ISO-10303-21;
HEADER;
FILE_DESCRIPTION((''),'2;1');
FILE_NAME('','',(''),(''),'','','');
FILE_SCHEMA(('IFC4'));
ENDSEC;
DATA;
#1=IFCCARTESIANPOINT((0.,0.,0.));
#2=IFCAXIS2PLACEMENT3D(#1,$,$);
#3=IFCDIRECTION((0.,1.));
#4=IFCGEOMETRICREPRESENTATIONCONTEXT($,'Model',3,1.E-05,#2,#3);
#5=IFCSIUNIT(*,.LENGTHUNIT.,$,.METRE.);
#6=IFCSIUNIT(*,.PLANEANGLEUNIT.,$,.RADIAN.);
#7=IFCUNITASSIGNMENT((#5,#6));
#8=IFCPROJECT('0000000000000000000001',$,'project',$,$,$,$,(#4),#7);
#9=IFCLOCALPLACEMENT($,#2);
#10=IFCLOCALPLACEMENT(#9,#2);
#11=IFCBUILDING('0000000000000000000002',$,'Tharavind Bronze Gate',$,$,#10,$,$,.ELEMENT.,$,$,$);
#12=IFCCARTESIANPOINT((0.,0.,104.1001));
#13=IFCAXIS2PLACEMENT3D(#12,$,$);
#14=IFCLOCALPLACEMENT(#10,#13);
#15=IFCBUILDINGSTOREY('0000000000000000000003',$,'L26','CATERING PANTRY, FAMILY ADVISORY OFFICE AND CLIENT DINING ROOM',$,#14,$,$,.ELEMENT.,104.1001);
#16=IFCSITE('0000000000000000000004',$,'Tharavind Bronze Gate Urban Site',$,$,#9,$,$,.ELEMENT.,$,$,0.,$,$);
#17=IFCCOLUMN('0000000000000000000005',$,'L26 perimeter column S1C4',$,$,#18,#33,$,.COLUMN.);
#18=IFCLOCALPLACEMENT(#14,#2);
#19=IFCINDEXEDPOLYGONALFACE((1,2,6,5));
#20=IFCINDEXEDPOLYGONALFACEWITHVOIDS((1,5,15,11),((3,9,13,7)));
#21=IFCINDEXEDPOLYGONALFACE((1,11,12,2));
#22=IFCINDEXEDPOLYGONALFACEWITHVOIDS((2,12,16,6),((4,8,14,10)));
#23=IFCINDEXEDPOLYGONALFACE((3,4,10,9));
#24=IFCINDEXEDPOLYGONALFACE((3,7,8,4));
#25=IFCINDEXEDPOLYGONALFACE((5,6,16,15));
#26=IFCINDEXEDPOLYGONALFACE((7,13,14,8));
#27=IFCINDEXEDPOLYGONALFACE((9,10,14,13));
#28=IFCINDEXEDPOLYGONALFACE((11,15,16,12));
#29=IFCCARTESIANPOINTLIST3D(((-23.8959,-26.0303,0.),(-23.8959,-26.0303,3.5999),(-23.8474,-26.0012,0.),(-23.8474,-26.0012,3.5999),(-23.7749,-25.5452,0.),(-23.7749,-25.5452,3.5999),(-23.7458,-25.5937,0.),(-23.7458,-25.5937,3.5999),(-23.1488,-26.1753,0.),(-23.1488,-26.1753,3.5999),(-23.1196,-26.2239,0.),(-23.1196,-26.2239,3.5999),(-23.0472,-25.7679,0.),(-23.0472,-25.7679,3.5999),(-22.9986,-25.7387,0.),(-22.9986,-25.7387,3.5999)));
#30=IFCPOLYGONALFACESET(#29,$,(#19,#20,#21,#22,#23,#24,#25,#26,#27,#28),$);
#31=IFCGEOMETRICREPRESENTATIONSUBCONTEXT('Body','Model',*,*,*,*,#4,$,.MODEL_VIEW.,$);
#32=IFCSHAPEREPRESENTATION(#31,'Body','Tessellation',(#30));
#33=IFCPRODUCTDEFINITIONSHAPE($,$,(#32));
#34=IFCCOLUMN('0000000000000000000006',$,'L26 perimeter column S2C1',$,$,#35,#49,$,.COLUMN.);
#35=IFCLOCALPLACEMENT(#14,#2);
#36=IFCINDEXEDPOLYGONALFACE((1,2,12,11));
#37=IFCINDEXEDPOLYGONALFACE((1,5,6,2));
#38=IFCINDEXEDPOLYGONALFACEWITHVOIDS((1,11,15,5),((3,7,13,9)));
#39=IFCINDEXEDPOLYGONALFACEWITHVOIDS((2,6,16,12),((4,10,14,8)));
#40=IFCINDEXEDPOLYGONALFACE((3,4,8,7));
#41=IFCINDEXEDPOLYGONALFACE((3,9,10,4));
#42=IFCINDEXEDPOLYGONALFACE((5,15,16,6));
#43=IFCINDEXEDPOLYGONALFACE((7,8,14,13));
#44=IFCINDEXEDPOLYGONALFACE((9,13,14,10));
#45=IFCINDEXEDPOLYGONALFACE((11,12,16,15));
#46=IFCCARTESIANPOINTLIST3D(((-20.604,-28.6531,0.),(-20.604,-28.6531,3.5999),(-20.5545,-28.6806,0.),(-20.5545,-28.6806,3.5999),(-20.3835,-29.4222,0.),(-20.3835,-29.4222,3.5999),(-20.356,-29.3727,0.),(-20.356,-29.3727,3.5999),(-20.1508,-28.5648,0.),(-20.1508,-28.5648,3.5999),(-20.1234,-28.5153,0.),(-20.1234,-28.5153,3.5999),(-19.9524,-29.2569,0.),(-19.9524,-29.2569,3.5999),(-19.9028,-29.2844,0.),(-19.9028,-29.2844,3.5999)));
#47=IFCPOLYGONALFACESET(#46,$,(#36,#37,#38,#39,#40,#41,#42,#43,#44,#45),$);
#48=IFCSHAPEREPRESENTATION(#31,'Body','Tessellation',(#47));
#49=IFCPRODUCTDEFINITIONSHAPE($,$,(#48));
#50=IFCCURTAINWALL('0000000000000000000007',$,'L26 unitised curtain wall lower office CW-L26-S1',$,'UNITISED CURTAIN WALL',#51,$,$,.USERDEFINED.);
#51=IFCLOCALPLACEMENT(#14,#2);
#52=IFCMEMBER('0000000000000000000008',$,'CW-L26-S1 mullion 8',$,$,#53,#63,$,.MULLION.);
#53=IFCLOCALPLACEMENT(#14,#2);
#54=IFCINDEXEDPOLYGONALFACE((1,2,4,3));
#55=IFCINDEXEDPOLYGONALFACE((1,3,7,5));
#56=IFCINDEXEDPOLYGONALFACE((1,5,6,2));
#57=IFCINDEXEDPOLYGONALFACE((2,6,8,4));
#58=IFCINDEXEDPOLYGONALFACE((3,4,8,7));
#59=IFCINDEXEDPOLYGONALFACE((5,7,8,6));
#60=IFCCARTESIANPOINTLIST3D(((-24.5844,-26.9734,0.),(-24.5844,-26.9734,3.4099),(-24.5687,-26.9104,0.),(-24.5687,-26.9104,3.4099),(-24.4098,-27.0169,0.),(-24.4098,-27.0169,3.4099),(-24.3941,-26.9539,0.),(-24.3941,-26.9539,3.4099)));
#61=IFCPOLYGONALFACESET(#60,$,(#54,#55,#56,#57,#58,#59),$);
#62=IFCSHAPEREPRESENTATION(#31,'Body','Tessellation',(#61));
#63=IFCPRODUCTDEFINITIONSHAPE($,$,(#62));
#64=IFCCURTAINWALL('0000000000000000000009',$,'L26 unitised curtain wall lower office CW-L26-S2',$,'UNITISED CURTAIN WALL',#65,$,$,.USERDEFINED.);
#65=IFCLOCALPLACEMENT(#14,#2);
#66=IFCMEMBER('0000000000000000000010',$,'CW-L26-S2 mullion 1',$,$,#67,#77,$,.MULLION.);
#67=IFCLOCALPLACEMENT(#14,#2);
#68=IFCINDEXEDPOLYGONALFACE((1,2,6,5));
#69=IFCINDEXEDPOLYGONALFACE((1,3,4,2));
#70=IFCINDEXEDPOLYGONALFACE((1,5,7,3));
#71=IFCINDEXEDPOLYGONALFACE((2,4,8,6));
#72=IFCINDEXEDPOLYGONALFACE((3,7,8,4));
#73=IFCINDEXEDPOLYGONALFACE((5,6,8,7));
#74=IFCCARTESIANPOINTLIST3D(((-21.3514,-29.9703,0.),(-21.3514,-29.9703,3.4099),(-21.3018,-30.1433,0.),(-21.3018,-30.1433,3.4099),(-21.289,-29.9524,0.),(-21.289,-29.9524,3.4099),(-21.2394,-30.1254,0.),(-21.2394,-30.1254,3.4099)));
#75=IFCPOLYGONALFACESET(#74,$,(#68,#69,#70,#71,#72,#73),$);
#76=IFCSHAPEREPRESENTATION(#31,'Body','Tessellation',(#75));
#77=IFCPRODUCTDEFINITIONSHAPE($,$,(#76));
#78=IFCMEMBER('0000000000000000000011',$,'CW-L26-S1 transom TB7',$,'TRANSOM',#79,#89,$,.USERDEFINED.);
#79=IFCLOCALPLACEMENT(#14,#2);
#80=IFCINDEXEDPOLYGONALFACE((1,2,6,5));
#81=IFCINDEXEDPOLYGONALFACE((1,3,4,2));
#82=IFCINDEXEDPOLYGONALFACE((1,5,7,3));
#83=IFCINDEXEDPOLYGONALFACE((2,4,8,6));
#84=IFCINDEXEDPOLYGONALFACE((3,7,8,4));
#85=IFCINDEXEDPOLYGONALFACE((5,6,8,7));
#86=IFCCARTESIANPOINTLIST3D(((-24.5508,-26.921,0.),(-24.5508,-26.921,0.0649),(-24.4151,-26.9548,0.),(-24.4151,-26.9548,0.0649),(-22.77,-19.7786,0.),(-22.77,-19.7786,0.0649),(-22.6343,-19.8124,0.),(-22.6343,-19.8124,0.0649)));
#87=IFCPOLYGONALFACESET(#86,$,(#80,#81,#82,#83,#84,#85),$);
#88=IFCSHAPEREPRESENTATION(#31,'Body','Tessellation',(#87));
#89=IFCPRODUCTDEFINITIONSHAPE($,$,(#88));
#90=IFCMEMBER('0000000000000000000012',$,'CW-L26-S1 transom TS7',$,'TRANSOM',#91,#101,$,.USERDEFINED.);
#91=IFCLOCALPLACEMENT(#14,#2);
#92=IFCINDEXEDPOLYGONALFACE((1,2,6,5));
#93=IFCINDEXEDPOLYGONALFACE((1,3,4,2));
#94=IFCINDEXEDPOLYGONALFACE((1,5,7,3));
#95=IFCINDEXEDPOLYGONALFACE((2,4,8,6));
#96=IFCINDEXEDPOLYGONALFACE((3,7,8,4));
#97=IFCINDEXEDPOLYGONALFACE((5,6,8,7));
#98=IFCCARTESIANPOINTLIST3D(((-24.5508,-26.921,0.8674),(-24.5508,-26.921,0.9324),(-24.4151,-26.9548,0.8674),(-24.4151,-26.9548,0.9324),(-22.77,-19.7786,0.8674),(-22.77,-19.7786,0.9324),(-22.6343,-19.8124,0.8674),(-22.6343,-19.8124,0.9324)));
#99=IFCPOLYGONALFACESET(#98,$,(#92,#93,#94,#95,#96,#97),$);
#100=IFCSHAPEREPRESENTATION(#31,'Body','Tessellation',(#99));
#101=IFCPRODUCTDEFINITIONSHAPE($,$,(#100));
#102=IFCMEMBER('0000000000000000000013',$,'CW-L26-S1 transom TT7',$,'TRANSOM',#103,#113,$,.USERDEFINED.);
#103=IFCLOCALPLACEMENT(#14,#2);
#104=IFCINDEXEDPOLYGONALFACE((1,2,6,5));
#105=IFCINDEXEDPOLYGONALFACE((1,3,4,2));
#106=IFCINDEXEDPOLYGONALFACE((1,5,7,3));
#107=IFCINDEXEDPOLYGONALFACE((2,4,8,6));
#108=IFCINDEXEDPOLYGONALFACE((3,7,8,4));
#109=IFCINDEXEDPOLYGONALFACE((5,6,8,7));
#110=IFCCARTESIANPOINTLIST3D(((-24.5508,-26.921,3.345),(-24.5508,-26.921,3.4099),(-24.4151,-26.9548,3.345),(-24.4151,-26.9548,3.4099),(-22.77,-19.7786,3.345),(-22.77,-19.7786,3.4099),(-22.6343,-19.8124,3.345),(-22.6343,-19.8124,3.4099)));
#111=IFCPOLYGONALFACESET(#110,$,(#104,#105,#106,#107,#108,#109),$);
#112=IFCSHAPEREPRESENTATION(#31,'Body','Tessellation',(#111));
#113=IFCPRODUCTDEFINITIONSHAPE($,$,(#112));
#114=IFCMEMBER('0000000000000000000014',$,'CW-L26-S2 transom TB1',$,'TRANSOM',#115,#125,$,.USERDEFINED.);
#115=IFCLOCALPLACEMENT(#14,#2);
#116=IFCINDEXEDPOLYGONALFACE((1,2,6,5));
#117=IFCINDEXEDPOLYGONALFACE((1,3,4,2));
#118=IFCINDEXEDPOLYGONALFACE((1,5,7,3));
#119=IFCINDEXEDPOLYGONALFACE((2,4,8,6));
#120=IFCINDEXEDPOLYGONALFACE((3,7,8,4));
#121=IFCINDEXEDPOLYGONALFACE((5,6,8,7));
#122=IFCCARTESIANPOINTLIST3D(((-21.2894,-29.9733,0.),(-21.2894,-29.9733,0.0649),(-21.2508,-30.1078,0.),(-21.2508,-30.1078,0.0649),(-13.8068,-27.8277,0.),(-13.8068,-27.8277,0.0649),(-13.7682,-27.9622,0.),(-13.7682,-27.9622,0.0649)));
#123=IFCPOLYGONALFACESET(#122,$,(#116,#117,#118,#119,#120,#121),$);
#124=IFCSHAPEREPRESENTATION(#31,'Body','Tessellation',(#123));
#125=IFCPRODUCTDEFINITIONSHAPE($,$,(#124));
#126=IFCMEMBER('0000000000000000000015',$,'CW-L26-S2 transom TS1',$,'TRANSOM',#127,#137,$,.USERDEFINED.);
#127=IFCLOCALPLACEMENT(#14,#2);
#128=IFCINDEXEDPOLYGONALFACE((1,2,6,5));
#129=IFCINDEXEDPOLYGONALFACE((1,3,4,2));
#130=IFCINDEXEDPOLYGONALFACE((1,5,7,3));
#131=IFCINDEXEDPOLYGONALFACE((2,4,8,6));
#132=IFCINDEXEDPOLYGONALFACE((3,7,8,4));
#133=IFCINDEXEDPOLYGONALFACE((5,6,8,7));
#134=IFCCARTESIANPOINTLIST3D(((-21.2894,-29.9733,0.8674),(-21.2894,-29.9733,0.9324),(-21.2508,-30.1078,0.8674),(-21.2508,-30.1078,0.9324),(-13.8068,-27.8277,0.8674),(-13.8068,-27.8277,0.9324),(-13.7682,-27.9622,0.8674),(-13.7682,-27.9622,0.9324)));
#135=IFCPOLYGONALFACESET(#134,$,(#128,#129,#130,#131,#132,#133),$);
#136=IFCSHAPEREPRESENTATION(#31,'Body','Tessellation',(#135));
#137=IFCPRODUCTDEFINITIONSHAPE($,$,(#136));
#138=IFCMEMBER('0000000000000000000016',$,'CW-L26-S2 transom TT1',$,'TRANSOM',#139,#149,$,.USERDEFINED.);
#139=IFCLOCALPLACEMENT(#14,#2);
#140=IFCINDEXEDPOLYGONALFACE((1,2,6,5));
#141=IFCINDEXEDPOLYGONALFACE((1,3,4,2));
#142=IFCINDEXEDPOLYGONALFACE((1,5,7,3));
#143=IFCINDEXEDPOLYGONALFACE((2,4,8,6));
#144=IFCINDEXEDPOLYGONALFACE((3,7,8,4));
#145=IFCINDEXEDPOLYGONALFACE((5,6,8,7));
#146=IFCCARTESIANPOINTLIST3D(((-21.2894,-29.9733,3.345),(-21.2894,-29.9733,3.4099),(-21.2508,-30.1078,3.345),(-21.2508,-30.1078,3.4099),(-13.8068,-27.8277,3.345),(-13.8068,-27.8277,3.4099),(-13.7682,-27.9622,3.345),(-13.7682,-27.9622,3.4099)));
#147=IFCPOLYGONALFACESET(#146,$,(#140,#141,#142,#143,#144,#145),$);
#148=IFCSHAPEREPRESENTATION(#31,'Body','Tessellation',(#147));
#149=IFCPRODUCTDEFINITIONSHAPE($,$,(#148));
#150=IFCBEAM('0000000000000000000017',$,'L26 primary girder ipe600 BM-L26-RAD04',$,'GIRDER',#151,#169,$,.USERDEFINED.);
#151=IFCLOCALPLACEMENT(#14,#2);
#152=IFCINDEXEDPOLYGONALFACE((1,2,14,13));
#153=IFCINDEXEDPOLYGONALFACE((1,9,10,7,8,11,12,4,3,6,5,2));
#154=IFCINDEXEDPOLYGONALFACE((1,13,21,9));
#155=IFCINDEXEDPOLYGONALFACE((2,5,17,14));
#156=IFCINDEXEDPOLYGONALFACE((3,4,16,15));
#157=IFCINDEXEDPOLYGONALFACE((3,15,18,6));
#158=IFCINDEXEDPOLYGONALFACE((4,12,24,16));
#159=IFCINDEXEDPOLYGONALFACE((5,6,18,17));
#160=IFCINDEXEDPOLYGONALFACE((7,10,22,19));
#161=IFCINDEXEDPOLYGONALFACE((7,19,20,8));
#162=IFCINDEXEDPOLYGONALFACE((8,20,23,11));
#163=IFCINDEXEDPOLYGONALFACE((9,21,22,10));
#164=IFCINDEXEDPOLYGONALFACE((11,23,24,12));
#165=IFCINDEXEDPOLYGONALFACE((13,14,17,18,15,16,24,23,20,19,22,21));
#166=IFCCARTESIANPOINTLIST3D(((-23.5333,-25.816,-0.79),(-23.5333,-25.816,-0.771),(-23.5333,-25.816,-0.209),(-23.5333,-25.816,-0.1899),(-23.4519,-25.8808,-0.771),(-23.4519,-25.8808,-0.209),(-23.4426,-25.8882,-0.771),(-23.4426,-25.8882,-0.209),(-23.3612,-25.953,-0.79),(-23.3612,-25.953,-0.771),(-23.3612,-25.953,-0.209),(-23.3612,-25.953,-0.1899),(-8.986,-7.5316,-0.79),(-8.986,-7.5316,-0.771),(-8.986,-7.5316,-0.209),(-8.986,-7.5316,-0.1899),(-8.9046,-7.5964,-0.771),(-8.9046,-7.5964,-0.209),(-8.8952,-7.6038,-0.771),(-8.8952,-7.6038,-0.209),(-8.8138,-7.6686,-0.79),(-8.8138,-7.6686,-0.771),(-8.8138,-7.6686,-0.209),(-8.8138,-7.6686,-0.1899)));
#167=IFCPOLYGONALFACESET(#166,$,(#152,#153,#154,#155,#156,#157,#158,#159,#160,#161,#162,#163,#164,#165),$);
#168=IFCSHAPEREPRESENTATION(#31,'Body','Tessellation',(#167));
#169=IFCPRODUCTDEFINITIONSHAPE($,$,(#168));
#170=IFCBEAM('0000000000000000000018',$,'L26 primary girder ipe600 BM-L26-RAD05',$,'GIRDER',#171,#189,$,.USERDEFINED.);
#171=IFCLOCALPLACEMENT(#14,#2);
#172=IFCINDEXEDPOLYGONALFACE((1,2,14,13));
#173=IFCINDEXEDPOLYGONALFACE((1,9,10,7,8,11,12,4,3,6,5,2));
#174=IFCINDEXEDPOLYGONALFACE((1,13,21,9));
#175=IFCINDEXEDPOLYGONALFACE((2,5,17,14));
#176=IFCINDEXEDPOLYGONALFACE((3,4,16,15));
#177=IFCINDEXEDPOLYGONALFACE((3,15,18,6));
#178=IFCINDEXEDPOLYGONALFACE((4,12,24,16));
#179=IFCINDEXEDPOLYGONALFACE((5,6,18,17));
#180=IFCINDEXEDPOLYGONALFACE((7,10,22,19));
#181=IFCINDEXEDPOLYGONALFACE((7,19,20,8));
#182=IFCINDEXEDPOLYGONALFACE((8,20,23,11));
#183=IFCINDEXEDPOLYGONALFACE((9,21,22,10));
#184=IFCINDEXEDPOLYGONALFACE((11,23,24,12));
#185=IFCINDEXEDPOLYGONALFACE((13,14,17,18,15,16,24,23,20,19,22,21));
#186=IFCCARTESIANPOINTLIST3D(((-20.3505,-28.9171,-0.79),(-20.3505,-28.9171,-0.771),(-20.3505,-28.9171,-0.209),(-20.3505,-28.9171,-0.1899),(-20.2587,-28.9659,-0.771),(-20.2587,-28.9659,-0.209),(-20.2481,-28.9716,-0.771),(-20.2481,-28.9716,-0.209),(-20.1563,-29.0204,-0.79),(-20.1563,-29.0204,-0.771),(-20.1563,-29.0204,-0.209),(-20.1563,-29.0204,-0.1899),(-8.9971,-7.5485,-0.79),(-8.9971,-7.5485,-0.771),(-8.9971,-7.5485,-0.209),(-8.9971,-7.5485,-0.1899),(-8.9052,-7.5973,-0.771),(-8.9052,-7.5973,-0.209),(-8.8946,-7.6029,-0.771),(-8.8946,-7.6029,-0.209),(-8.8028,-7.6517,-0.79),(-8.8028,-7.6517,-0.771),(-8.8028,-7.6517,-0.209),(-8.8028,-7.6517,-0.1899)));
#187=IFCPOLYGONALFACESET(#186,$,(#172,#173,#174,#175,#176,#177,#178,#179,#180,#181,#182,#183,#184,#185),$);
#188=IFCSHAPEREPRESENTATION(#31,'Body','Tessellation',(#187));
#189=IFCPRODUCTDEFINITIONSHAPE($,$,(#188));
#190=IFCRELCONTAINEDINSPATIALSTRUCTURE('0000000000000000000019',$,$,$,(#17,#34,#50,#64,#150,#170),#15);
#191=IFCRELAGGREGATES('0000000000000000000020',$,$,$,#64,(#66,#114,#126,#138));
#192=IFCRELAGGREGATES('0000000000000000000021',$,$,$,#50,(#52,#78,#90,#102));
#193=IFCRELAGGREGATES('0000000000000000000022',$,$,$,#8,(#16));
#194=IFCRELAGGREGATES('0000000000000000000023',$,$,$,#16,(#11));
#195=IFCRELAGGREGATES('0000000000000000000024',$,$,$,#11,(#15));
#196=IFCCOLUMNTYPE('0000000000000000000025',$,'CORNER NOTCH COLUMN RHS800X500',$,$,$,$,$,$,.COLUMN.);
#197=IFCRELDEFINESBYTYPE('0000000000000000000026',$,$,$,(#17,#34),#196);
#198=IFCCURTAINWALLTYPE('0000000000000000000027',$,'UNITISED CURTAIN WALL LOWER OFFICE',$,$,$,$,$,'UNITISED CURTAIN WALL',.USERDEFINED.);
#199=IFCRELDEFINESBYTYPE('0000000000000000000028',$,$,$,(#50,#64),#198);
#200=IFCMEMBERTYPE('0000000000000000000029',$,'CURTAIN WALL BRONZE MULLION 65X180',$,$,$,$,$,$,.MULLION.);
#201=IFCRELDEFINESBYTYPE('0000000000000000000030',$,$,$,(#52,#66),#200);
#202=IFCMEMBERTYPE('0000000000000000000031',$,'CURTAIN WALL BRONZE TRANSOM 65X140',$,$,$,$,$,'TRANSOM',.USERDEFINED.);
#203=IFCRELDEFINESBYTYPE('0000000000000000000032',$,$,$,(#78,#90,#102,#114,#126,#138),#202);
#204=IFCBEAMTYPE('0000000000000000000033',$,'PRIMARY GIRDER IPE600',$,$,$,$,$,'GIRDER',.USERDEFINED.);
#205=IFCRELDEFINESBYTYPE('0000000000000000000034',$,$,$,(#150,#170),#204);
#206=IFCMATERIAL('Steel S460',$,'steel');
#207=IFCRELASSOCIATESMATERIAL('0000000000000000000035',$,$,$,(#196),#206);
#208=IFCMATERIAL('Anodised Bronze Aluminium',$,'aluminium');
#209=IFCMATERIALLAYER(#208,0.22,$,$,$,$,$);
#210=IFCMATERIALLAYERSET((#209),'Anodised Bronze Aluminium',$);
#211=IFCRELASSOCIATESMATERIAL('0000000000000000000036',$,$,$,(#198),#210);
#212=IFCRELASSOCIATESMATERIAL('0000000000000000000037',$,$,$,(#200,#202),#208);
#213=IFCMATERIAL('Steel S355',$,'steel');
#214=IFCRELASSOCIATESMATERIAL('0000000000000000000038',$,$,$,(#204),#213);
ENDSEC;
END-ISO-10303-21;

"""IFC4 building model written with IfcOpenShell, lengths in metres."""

from ifc_helpers import new_model, si_unit, direction, frame, origin, origin_2d, place, context, subcontext, project, spatial, rectangle, hollow_rectangle, i_section, extrude, material, layer, layer_set, material_profile, profile_set, type_object, element, aggregate, save


model = new_model("IFC4")

# Units and contexts
model_context = context("Model", 3, precision=1e-05, world=origin(), true_north=direction((0.0, 1.0)))
body_context = subcontext(model_context, "Body", "Model", "MODEL_VIEW")
ifc_project = project(units=[si_unit("LENGTHUNIT", "METRE"), si_unit("PLANEANGLEUNIT", "RADIAN")], contexts=[model_context])

# Site, building, storey
site_placement = place(None, origin())
site = spatial("IfcSite", under=ifc_project, at=site_placement, Name="Tharavind Bronze Gate Urban Site", CompositionType="ELEMENT", RefElevation=0.0)
building_placement = place(site_placement, origin())
building = spatial("IfcBuilding", under=site, at=building_placement, Name="Tharavind Bronze Gate", CompositionType="ELEMENT")
storey_placement = place(building_placement, frame((0.0, 0.0, 104.1001)))
storey = spatial("IfcBuildingStorey", under=building, at=storey_placement, Name="L26", Description="CATERING PANTRY, FAMILY ADVISORY OFFICE AND CLIENT DINING ROOM", CompositionType="ELEMENT", Elevation=104.1001)

# Columns
ifc_material_1 = material(Name="Steel S460", Category="steel")
ifc_material_profile_1 = material_profile(ifc_material_1, hollow_rectangle(XDim=0.5, YDim=0.8, WallThickness=0.04, at=origin_2d()), Name="RHS800X500X40")
ifc_profile_set_1 = profile_set([ifc_material_profile_1], Name="Steel S460")
column_type = type_object("IfcColumnType", Name="CORNER NOTCH COLUMN RHS800X500", PredefinedType="COLUMN", material=ifc_profile_set_1)
for number, where, z_axis, x_axis, name in (
    (1, (-23.4473, -25.8845, 0.0), (0.0, 0.0, 1.0), (0.241922, 0.970296, 0.0), "L26 perimeter column S1C4"),
    (2, (-20.2534, -28.9688, 0.0), (0.0, 0.0, 1.0), (0.961262, 0.275637, 0.0), "L26 perimeter column S2C1"),
):
    element("IfcColumn", number, at=place(storey_placement, frame(where, z_axis=z_axis, x_axis=x_axis)), inside=storey, type_object=column_type, Name=name, PredefinedType="COLUMN", context=body_context, shape_type="SweptSolid", body=[
        extrude(hollow_rectangle(XDim=0.5, YDim=0.8, WallThickness=0.04, at=origin_2d()), origin(), (0.0, 0.0, 1.0), 3.5999),
    ])

# Curtain walls, members
ifc_material_2 = material(Name="Anodised Bronze Aluminium", Category="aluminium")
ifc_layer_1 = layer(ifc_material_2, 0.22)
ifc_layer_set_1 = layer_set([ifc_layer_1], Name="Anodised Bronze Aluminium")
curtain_wall_type = type_object("IfcCurtainWallType", Name="UNITISED CURTAIN WALL LOWER OFFICE", ElementType="UNITISED CURTAIN WALL", PredefinedType="USERDEFINED", material=ifc_layer_set_1)
curtain_wall_1_placement = place(storey_placement, origin())
curtain_wall_1 = element("IfcCurtainWall", 3, at=curtain_wall_1_placement, inside=storey, type_object=curtain_wall_type, Name="L26 unitised curtain wall lower office CW-L26-S1", ObjectType="UNITISED CURTAIN WALL", PredefinedType="USERDEFINED")
member_type_1 = type_object("IfcMemberType", Name="CURTAIN WALL BRONZE MULLION 65X180", PredefinedType="MULLION", material=ifc_material_2)
member_1_placement = place(storey_placement, frame((-24.4893, -26.9636, 0.0), z_axis=(0.0, 0.0, 1.0), x_axis=(-0.241922, -0.970296, 0.0)))
member_1 = element("IfcMember", 4, at=member_1_placement, type_object=member_type_1, Name="CW-L26-S1 mullion 8", PredefinedType="MULLION", context=body_context, shape_type="SweptSolid", body=[
    extrude(rectangle(XDim=0.0649, YDim=0.1799, at=origin_2d()), origin(), (0.0, 0.0, 1.0), 3.4099),
])
curtain_wall_2_placement = place(storey_placement, origin())
curtain_wall_2 = element("IfcCurtainWall", 5, at=curtain_wall_2_placement, inside=storey, type_object=curtain_wall_type, Name="L26 unitised curtain wall lower office CW-L26-S2", ObjectType="UNITISED CURTAIN WALL", PredefinedType="USERDEFINED")
member_2_placement = place(storey_placement, frame((-21.2954, -30.0479, 0.0), z_axis=(0.0, 0.0, 1.0), x_axis=(0.961262, 0.275637, 0.0)))
member_2 = element("IfcMember", 6, at=member_2_placement, type_object=member_type_1, Name="CW-L26-S2 mullion 1", PredefinedType="MULLION", context=body_context, shape_type="SweptSolid", body=[
    extrude(rectangle(XDim=0.0649, YDim=0.1799, at=origin_2d()), origin(), (0.0, 0.0, 1.0), 3.4099),
])

# Members
member_type_2 = type_object("IfcMemberType", Name="CURTAIN WALL BRONZE TRANSOM 65X140", ElementType="TRANSOM", PredefinedType="USERDEFINED", material=ifc_material_2)
member_3_placement = place(storey_placement, frame((-23.5925, -23.3667, 0.0), z_axis=(0.0, 0.0, 1.0), x_axis=(-0.241922, -0.970296, 0.0)))
member_3 = element("IfcMember", 7, at=member_3_placement, type_object=member_type_2, Name="CW-L26-S1 transom TB7", ObjectType="TRANSOM", PredefinedType="USERDEFINED", context=body_context, shape_type="SweptSolid", body=[
    extrude(rectangle(XDim=7.3611, YDim=0.1399, at=origin_2d()), origin(), (0.0, 0.0, 1.0), 0.0649),
])
member_4_placement = place(storey_placement, frame((-23.5925, -23.3667, 0.8674), z_axis=(0.0, 0.0, 1.0), x_axis=(-0.241922, -0.970296, 0.0)))
member_4 = element("IfcMember", 8, at=member_4_placement, type_object=member_type_2, Name="CW-L26-S1 transom TS7", ObjectType="TRANSOM", PredefinedType="USERDEFINED", context=body_context, shape_type="SweptSolid", body=[
    extrude(rectangle(XDim=7.3611, YDim=0.1399, at=origin_2d()), origin(), (0.0, 0.0, 1.0), 0.0649),
])
member_5_placement = place(storey_placement, frame((-23.5925, -23.3667, 3.345), z_axis=(0.0, 0.0, 1.0), x_axis=(-0.241922, -0.970296, 0.0)))
member_5 = element("IfcMember", 9, at=member_5_placement, type_object=member_type_2, Name="CW-L26-S1 transom TT7", ObjectType="TRANSOM", PredefinedType="USERDEFINED", context=body_context, shape_type="SweptSolid", body=[
    extrude(rectangle(XDim=7.3611, YDim=0.1399, at=origin_2d()), origin(), (0.0, 0.0, 1.0), 0.0649),
])
member_6_placement = place(storey_placement, frame((-17.5288, -28.9678, 0.0), z_axis=(0.0, 0.0, 1.0), x_axis=(0.961262, 0.275637, 0.0)))
member_6 = element("IfcMember", 10, at=member_6_placement, type_object=member_type_2, Name="CW-L26-S2 transom TB1", ObjectType="TRANSOM", PredefinedType="USERDEFINED", context=body_context, shape_type="SweptSolid", body=[
    extrude(rectangle(XDim=7.7842, YDim=0.1399, at=origin_2d()), origin(), (0.0, 0.0, 1.0), 0.0649),
])
member_7_placement = place(storey_placement, frame((-17.5288, -28.9678, 0.8674), z_axis=(0.0, 0.0, 1.0), x_axis=(0.961262, 0.275637, 0.0)))
member_7 = element("IfcMember", 11, at=member_7_placement, type_object=member_type_2, Name="CW-L26-S2 transom TS1", ObjectType="TRANSOM", PredefinedType="USERDEFINED", context=body_context, shape_type="SweptSolid", body=[
    extrude(rectangle(XDim=7.7842, YDim=0.1399, at=origin_2d()), origin(), (0.0, 0.0, 1.0), 0.0649),
])
member_8_placement = place(storey_placement, frame((-17.5288, -28.9678, 3.345), z_axis=(0.0, 0.0, 1.0), x_axis=(0.961262, 0.275637, 0.0)))
member_8 = element("IfcMember", 12, at=member_8_placement, type_object=member_type_2, Name="CW-L26-S2 transom TT1", ObjectType="TRANSOM", PredefinedType="USERDEFINED", context=body_context, shape_type="SweptSolid", body=[
    extrude(rectangle(XDim=7.7842, YDim=0.1399, at=origin_2d()), origin(), (0.0, 0.0, 1.0), 0.0649),
])

# Beams
ifc_material_3 = material(Name="Steel S355", Category="steel")
ifc_material_profile_2 = material_profile(ifc_material_3, i_section(OverallWidth=0.22, OverallDepth=0.6001, WebThickness=0.012, FlangeThickness=0.019, at=origin_2d()), Name="IPE600")
ifc_profile_set_2 = profile_set([ifc_material_profile_2], Name="Steel S355")
beam_type_1 = type_object("IfcBeamType", Name="PRIMARY GIRDER IPE600", ElementType="GIRDER", PredefinedType="USERDEFINED", material=ifc_profile_set_2)
beam_1_placement = place(storey_placement, frame((-23.4473, -25.8845, -0.49), z_axis=(0.622601, 0.78254, 0.0), x_axis=(-0.78254, 0.622601, 0.0)))
element("IfcBeam", 13, at=beam_1_placement, inside=storey, type_object=beam_type_1, Name="L26 primary girder ipe600 BM-L26-RAD04", ObjectType="GIRDER", PredefinedType="USERDEFINED", context=body_context, shape_type="SweptSolid", body=[
    extrude(i_section(OverallWidth=0.22, OverallDepth=0.6001, WebThickness=0.012, FlangeThickness=0.019, at=origin_2d()), origin(), (0.0, 0.0, 1.0), 23.3655),
])
beam_2_placement = place(storey_placement, frame((-20.2534, -28.9688, -0.49), z_axis=(0.469201, 0.883091, 0.0), x_axis=(-0.883091, 0.469201, 0.0)))
element("IfcBeam", 14, at=beam_2_placement, inside=storey, type_object=beam_type_1, Name="L26 primary girder ipe600 BM-L26-RAD05", ObjectType="GIRDER", PredefinedType="USERDEFINED", context=body_context, shape_type="SweptSolid", body=[
    extrude(i_section(OverallWidth=0.22, OverallDepth=0.6001, WebThickness=0.012, FlangeThickness=0.019, at=origin_2d()), origin(), (0.0, 0.0, 1.0), 24.1975),
])

aggregate(curtain_wall_2, [member_2, member_6, member_7, member_8])
aggregate(curtain_wall_1, [member_1, member_3, member_4, member_5])

save(model, "model.ifc")
